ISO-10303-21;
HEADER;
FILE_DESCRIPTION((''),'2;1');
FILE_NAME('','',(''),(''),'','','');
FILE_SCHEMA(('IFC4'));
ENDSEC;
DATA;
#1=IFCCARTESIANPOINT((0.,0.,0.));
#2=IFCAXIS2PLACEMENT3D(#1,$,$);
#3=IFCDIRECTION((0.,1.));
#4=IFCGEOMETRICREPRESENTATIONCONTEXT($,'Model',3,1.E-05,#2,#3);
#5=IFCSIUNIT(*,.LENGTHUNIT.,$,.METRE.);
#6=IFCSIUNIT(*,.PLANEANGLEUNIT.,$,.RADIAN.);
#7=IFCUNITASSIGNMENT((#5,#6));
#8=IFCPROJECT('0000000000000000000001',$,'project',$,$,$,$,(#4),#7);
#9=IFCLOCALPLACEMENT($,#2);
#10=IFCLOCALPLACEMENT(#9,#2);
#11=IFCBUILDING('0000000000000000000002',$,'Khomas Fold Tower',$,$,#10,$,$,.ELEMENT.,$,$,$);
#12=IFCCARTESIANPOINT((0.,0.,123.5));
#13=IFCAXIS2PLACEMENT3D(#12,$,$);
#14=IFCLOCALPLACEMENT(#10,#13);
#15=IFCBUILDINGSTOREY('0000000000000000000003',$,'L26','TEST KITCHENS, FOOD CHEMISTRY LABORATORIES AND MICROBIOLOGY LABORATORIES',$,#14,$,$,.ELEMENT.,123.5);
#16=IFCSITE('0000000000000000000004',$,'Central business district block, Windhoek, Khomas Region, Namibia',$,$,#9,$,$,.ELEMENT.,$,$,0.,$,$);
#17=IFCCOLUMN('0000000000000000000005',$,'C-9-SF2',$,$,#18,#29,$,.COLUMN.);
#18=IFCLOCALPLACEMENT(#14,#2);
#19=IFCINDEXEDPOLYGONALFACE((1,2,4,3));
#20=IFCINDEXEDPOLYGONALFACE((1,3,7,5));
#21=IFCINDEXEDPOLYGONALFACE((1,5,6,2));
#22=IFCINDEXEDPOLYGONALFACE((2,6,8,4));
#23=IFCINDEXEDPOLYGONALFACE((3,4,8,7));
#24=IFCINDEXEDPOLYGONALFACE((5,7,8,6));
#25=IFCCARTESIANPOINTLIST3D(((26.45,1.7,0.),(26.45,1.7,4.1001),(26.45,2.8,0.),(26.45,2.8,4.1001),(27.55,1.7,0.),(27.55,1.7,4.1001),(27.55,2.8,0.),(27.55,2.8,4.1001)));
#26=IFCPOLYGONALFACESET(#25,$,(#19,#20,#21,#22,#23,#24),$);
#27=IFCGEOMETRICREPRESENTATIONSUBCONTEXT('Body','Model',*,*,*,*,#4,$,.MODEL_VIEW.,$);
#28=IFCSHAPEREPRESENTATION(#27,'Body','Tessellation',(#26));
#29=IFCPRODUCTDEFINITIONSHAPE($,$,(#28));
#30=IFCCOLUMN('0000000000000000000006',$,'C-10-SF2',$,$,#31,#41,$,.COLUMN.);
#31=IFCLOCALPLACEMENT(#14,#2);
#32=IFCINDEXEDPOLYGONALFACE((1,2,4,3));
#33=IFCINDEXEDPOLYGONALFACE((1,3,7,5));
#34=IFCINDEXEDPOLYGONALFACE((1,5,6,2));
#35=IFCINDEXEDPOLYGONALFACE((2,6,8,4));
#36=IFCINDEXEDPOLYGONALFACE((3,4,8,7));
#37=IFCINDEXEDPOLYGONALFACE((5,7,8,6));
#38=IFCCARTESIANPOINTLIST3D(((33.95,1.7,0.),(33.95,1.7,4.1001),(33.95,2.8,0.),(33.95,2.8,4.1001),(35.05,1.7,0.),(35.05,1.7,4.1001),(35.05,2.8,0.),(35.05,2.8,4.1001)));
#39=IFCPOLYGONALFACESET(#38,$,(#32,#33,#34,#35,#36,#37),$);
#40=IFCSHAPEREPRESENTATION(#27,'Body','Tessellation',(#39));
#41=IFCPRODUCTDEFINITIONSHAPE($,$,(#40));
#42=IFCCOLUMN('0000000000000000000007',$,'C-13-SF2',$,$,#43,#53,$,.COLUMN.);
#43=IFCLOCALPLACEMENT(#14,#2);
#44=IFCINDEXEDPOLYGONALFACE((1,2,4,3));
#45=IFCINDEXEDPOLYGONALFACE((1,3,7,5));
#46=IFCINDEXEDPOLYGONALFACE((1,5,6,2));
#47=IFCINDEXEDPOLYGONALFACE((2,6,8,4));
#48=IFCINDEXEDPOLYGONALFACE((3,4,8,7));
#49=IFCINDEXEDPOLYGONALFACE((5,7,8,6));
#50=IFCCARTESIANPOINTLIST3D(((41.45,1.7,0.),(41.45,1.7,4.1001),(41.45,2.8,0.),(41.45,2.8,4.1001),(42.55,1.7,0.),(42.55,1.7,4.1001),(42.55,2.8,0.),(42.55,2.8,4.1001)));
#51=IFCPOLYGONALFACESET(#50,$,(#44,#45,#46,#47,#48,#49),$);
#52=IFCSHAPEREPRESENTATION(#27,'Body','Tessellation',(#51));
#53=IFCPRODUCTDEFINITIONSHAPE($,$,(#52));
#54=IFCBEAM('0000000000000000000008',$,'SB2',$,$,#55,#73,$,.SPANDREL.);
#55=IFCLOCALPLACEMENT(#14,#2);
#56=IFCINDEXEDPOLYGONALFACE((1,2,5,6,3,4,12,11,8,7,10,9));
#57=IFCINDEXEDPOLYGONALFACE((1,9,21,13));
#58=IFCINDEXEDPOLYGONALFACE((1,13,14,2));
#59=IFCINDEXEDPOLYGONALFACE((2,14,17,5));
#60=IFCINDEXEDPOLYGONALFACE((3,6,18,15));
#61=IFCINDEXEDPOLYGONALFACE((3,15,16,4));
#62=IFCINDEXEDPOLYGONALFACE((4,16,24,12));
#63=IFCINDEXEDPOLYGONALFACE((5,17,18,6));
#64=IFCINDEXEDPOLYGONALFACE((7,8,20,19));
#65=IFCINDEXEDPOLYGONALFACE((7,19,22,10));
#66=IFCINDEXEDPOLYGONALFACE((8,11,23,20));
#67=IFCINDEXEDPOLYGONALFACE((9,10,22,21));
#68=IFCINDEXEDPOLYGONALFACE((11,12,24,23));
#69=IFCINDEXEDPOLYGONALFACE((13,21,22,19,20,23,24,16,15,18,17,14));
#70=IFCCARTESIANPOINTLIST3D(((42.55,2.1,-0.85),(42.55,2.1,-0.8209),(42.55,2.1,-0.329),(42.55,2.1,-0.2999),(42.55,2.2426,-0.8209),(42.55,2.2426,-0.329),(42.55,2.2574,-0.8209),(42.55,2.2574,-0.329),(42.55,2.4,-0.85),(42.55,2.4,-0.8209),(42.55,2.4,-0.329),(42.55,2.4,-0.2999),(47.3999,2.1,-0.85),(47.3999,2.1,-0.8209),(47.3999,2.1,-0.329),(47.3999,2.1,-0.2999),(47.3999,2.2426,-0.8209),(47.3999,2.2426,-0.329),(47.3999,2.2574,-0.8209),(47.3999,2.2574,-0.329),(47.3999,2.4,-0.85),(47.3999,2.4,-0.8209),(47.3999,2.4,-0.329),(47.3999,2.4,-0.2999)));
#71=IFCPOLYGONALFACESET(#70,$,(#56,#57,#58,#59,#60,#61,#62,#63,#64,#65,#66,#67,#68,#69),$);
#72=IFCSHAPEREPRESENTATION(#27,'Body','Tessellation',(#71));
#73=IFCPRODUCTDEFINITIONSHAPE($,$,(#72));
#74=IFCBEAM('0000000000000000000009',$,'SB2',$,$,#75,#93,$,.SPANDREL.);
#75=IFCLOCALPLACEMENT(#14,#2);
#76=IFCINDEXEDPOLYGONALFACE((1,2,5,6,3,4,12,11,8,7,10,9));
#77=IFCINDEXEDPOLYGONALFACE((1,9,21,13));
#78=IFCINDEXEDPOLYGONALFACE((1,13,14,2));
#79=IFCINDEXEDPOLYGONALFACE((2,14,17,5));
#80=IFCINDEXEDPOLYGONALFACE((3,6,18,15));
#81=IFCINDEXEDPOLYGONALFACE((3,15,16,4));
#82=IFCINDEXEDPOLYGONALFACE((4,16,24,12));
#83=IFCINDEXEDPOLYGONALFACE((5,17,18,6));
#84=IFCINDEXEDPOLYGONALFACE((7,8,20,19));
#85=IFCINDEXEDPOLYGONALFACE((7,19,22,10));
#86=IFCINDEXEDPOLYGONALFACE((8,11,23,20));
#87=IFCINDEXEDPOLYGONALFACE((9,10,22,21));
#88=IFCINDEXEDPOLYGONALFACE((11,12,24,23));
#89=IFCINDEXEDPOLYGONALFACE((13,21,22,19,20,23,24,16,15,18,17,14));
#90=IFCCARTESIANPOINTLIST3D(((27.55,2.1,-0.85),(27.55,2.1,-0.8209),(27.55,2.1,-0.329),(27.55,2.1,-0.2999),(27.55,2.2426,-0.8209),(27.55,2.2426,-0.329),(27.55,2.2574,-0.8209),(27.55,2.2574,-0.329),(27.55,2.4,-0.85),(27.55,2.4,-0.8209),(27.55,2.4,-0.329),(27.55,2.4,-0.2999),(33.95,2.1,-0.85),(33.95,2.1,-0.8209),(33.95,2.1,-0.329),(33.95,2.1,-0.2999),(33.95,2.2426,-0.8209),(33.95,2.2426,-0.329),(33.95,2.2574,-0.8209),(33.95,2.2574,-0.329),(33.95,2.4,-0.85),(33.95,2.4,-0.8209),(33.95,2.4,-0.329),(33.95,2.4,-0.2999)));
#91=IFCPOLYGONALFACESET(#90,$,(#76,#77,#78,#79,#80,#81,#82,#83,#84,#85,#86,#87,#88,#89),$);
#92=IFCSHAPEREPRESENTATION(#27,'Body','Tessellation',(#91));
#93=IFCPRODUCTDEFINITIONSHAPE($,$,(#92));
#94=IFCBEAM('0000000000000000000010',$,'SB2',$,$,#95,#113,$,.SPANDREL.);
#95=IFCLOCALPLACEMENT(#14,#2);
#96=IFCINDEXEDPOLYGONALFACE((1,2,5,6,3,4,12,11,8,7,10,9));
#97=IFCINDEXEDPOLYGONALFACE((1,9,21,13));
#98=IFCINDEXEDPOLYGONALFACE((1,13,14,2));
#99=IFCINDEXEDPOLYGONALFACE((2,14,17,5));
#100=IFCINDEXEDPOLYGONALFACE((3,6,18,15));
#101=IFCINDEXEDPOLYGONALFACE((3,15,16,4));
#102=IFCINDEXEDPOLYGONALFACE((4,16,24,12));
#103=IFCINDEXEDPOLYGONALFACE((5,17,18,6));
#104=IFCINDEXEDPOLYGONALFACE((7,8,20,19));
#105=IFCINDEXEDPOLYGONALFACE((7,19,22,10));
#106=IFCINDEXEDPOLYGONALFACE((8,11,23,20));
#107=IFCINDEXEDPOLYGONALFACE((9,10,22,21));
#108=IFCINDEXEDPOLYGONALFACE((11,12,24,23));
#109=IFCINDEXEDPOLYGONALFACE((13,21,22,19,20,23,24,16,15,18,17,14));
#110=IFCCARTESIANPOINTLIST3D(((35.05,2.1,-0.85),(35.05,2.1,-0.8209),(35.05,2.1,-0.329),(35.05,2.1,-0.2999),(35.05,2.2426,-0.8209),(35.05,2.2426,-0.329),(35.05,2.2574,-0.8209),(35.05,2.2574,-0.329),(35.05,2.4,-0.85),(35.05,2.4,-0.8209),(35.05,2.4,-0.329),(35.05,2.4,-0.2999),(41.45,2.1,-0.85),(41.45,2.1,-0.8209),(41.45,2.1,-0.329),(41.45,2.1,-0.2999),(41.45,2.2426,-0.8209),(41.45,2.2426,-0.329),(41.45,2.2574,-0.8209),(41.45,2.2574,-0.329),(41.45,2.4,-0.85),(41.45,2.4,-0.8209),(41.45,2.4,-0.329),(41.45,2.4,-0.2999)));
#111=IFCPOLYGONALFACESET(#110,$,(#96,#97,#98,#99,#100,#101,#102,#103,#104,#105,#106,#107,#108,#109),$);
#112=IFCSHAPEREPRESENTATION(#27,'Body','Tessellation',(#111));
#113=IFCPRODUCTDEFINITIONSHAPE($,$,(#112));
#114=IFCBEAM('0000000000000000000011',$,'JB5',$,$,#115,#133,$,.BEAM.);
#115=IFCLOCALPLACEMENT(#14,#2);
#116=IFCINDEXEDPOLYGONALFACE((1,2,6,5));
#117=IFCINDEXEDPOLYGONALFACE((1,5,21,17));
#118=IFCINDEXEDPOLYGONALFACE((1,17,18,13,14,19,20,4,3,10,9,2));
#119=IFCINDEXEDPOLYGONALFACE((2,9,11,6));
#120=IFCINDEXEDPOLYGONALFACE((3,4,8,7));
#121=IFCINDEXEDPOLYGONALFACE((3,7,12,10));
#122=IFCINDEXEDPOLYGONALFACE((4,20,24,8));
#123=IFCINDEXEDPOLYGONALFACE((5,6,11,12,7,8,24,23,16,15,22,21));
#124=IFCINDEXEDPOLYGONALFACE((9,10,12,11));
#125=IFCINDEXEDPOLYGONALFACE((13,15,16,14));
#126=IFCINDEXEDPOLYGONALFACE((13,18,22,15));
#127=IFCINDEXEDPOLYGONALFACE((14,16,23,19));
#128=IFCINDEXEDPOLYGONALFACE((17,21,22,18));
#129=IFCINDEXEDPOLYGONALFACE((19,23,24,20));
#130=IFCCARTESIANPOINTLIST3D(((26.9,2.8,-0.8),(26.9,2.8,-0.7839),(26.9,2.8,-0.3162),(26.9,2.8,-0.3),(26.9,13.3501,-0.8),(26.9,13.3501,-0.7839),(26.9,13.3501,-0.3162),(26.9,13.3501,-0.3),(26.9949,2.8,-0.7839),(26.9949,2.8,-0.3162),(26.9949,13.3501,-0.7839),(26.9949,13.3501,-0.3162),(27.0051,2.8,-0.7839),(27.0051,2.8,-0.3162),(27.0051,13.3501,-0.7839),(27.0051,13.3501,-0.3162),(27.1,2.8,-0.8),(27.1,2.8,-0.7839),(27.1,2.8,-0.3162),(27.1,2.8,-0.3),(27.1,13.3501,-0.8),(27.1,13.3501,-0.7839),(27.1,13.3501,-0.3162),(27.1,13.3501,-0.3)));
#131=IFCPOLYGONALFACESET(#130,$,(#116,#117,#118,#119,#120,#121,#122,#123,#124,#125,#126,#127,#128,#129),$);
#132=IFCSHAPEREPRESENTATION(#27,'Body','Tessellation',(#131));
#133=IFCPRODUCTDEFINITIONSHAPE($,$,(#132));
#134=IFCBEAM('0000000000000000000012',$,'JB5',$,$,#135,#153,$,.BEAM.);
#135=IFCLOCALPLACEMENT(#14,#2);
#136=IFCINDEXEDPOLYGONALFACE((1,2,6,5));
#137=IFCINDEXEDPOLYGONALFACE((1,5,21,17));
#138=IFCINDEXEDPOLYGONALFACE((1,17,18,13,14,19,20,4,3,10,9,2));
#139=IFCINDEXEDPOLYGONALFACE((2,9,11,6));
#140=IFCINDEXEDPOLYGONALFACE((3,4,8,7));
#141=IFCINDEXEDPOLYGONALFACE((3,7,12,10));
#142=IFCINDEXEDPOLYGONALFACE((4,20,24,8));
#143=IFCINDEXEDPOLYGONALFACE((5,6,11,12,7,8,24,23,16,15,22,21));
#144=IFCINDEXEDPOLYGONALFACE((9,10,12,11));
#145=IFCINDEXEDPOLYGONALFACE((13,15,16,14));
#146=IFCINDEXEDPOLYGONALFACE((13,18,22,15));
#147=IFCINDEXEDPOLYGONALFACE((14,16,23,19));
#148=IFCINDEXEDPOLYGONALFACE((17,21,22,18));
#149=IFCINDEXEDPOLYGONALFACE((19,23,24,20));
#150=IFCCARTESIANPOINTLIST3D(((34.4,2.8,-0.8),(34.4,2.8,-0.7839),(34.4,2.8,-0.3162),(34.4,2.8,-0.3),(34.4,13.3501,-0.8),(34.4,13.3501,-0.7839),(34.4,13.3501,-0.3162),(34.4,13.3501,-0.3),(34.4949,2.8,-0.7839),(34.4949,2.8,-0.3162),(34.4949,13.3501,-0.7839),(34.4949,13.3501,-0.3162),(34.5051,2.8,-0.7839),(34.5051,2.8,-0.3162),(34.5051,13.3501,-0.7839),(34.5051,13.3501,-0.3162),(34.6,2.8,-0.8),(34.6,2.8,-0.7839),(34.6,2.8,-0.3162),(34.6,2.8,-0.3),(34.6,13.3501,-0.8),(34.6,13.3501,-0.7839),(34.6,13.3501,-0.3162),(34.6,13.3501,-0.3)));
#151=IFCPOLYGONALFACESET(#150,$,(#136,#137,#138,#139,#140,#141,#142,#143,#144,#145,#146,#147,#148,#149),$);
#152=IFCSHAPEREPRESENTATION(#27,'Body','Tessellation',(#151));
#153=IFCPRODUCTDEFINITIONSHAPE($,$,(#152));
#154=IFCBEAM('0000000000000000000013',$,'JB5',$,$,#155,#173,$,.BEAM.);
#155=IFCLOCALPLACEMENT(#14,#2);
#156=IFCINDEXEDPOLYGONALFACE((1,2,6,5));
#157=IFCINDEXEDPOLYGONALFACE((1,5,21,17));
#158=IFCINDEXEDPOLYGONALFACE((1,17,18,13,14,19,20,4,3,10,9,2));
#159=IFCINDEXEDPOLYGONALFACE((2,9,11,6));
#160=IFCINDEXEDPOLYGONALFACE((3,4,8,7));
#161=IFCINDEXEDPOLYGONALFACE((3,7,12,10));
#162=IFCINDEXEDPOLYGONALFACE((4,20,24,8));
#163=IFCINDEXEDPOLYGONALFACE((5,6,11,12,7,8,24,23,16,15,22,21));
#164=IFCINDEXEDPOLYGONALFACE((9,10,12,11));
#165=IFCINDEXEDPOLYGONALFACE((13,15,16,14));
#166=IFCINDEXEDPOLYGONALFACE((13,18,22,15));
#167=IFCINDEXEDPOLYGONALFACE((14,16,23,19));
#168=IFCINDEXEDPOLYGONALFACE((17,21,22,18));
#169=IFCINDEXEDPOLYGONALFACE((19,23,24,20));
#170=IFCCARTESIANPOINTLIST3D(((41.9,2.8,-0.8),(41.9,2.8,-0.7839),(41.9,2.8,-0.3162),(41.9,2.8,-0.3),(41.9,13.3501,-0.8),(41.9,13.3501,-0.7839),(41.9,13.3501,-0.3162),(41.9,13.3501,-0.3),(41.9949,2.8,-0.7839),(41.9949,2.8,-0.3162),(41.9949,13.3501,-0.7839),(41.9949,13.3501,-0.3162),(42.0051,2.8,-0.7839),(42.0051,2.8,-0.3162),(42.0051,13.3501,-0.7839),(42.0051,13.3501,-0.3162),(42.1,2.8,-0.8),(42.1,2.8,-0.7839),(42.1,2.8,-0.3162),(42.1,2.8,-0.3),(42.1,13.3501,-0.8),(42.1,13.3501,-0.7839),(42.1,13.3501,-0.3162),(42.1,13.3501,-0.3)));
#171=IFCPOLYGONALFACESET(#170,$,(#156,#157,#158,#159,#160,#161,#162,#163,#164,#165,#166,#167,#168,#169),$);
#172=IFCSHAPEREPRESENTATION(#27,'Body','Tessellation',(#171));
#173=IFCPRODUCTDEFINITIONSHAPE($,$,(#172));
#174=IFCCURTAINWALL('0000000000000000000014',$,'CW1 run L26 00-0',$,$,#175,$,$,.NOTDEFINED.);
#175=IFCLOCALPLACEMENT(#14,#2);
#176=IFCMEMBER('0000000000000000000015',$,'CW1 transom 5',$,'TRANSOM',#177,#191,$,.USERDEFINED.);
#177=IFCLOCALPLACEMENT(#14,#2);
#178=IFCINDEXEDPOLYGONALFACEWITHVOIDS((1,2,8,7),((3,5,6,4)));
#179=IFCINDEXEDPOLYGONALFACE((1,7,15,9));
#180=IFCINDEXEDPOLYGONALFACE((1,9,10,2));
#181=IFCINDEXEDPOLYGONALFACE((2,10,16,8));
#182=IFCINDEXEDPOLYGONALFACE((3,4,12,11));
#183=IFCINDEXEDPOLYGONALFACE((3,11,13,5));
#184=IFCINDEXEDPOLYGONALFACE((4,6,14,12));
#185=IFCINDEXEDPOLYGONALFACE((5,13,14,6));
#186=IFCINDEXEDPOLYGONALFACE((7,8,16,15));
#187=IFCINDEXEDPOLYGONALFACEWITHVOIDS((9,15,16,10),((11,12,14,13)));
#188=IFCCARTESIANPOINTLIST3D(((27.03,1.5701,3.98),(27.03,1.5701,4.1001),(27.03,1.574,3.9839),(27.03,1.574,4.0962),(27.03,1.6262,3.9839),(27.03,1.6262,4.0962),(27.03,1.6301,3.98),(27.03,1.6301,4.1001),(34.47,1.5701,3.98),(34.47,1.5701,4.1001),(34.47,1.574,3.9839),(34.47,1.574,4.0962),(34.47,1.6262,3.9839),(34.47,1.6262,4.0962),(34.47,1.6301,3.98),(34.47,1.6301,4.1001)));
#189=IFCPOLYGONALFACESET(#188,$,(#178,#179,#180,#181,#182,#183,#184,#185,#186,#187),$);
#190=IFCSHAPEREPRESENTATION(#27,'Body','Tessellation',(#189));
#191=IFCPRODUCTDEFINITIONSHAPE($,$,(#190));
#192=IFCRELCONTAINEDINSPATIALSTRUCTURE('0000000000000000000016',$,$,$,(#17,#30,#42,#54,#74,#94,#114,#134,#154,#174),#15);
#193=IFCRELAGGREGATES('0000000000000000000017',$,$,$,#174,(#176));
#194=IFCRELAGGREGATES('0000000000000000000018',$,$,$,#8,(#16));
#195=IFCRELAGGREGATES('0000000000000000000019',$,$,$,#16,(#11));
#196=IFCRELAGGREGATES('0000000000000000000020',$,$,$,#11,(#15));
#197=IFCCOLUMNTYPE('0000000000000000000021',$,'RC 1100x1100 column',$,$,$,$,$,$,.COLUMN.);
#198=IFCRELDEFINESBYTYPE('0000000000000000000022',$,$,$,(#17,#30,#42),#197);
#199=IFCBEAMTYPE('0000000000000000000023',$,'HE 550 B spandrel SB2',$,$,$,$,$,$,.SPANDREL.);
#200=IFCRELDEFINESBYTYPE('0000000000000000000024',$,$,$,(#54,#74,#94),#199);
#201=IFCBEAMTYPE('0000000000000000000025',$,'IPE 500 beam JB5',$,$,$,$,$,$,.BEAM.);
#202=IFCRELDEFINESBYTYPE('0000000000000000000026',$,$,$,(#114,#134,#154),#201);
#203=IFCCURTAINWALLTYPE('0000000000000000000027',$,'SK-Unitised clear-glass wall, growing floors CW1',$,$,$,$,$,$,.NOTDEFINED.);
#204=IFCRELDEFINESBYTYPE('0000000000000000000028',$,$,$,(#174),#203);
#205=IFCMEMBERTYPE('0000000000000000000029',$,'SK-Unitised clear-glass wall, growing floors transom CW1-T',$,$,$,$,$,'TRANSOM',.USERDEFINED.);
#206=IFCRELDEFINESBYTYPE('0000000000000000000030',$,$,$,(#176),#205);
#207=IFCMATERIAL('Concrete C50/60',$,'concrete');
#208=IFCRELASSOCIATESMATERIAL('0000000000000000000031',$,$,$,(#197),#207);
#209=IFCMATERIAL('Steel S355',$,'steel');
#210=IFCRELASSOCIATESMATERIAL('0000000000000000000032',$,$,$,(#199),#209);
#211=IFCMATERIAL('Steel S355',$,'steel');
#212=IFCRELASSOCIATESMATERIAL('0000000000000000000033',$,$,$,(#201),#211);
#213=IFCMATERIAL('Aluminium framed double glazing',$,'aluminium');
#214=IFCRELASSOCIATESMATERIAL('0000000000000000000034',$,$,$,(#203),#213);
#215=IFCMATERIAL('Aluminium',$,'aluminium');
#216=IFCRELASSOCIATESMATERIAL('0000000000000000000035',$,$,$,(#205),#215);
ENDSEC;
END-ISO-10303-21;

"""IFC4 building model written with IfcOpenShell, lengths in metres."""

from ifc_helpers import new_model, si_unit, direction, frame, origin, origin_2d, place, context, subcontext, project, spatial, rectangle, hollow_rectangle, i_section, extrude, source, transform, mapped, material, material_profile, profile_set, type_object, element, aggregate, save


model = new_model("IFC4")

# Units and contexts
model_context = context("Model", 3, precision=1e-05, world=origin(), true_north=direction((0.0, 1.0)))
body_context = subcontext(model_context, "Body", "Model", "MODEL_VIEW")
ifc_project = project(units=[si_unit("LENGTHUNIT", "METRE"), si_unit("PLANEANGLEUNIT", "RADIAN")], contexts=[model_context])

# Site, building, storey
site_placement = place(None, origin())
site = spatial("IfcSite", under=ifc_project, at=site_placement, Name="Central business district block, Windhoek, Khomas Region, Namibia", CompositionType="ELEMENT", RefElevation=0.0)
building_placement = place(site_placement, origin())
building = spatial("IfcBuilding", under=site, at=building_placement, Name="Khomas Fold Tower", CompositionType="ELEMENT")
storey_placement = place(building_placement, frame((0.0, 0.0, 123.5)))
storey = spatial("IfcBuildingStorey", under=building, at=storey_placement, Name="L26", Description="TEST KITCHENS, FOOD CHEMISTRY LABORATORIES AND MICROBIOLOGY LABORATORIES", CompositionType="ELEMENT", Elevation=123.5)

# Columns
ifc_material_1 = material(Name="Concrete C50/60", Category="concrete")
ifc_material_profile_1 = material_profile(ifc_material_1, rectangle(XDim=1.1001, YDim=1.1001, at=origin_2d()), Name="RC 1100x1100")
ifc_profile_set_1 = profile_set([ifc_material_profile_1], Name="Concrete C50/60")
column_type = type_object("IfcColumnType", Name="RC 1100x1100 column", PredefinedType="COLUMN", material=ifc_profile_set_1)
shared_shape_1 = source(origin(), body_context, "Body", "SweptSolid", [
    extrude(rectangle(XDim=1.1001, YDim=1.1001, at=origin_2d()), origin(), (0.0, 0.0, 1.0), 4.1001),
])
for number, where, z_axis, x_axis, name in (
    (1, (27.0, 2.25, 0.0), (0.0, 0.0, 1.0), (1.0, 0.0, 0.0), "C-9-SF2"),
    (2, (34.5, 2.25, 0.0), (0.0, 0.0, 1.0), (1.0, 0.0, 0.0), "C-10-SF2"),
    (3, (42.0, 2.25, 0.0), (0.0, 0.0, 1.0), (1.0, 0.0, 0.0), "C-13-SF2"),
):
    element("IfcColumn", number, at=place(storey_placement, frame(where, z_axis=z_axis, x_axis=x_axis)), inside=storey, type_object=column_type, Name=name, PredefinedType="COLUMN", context=body_context, shape_type="MappedRepresentation", body=[
        mapped(shared_shape_1, transform((0.0, 0.0, 0.0))),
    ])

# Beams
ifc_material_2 = material(Name="Steel S355", Category="steel")
ifc_material_profile_2 = material_profile(ifc_material_2, i_section(OverallWidth=0.3, OverallDepth=0.55, WebThickness=0.0149, FlangeThickness=0.0291, at=origin_2d()), Name="HE 550 B")
ifc_profile_set_2 = profile_set([ifc_material_profile_2], Name="Steel S355")
beam_type_1 = type_object("IfcBeamType", Name="HE 550 B spandrel SB2", PredefinedType="SPANDREL", material=ifc_profile_set_2)
shared_shape_2 = source(origin(), body_context, "Body", "SweptSolid", [
    extrude(i_section(OverallWidth=0.3, OverallDepth=0.55, WebThickness=0.0149, FlangeThickness=0.0291, at=origin_2d()), origin(), (0.0, 0.0, 1.0), 4.8499),
])
beam_placement = place(storey_placement, frame((42.55, 2.25, -0.575), z_axis=(1.0, 0.0, 0.0), x_axis=(0.0, 1.0, 0.0)))
element("IfcBeam", 4, at=beam_placement, inside=storey, type_object=beam_type_1, Name="SB2", PredefinedType="SPANDREL", context=body_context, shape_type="MappedRepresentation", body=[
    mapped(shared_shape_2, transform((0.0, 0.0, 0.0))),
])
shared_shape_3 = source(origin(), body_context, "Body", "SweptSolid", [
    extrude(i_section(OverallWidth=0.3, OverallDepth=0.55, WebThickness=0.0149, FlangeThickness=0.0291, at=origin_2d()), origin(), (0.0, 0.0, 1.0), 6.3999),
])
for number, where, z_axis, x_axis, name in (
    (5, (27.55, 2.25, -0.575), (1.0, 0.0, 0.0), (0.0, 1.0, 0.0), "SB2"),
    (6, (35.05, 2.25, -0.575), (1.0, 0.0, 0.0), (0.0, 1.0, 0.0), "SB2"),
):
    element("IfcBeam", number, at=place(storey_placement, frame(where, z_axis=z_axis, x_axis=x_axis)), inside=storey, type_object=beam_type_1, Name=name, PredefinedType="SPANDREL", context=body_context, shape_type="MappedRepresentation", body=[
        mapped(shared_shape_3, transform((0.0, 0.0, 0.0))),
    ])
ifc_material_3 = material(Name="Steel S355", Category="steel")
ifc_material_profile_3 = material_profile(ifc_material_3, i_section(OverallWidth=0.2, OverallDepth=0.5, WebThickness=0.0103, FlangeThickness=0.0161, at=origin_2d()), Name="IPE 500")
ifc_profile_set_3 = profile_set([ifc_material_profile_3], Name="Steel S355")
beam_type_2 = type_object("IfcBeamType", Name="IPE 500 beam JB5", PredefinedType="BEAM", material=ifc_profile_set_3)
shared_shape_4 = source(origin(), body_context, "Body", "SweptSolid", [
    extrude(i_section(OverallWidth=0.2, OverallDepth=0.5, WebThickness=0.0103, FlangeThickness=0.0161, at=origin_2d()), origin(), (0.0, 0.0, 1.0), 10.55),
])
for number, where, z_axis, x_axis, name in (
    (7, (27.0, 2.8, -0.55), (0.0, 1.0, 0.0), (-1.0, 0.0, 0.0), "JB5"),
    (8, (34.5, 2.8, -0.55), (0.0, 1.0, 0.0), (-1.0, 0.0, 0.0), "JB5"),
    (9, (42.0, 2.8, -0.55), (0.0, 1.0, 0.0), (-1.0, 0.0, 0.0), "JB5"),
):
    element("IfcBeam", number, at=place(storey_placement, frame(where, z_axis=z_axis, x_axis=x_axis)), inside=storey, type_object=beam_type_2, Name=name, PredefinedType="BEAM", context=body_context, shape_type="MappedRepresentation", body=[
        mapped(shared_shape_4, transform((0.0, 0.0, 0.0))),
    ])

# Curtain wall, member
ifc_material_4 = material(Name="Aluminium framed double glazing", Category="aluminium")
curtain_wall_type = type_object("IfcCurtainWallType", Name="SK-Unitised clear-glass wall, growing floors CW1", PredefinedType="NOTDEFINED", material=ifc_material_4)
curtain_wall_placement = place(storey_placement, origin())
curtain_wall = element("IfcCurtainWall", 10, at=curtain_wall_placement, inside=storey, type_object=curtain_wall_type, Name="CW1 run L26 00-0", PredefinedType="NOTDEFINED")
ifc_material_5 = material(Name="Aluminium", Category="aluminium")
ifc_material_profile_4 = material_profile(ifc_material_5, hollow_rectangle(XDim=0.0601, YDim=0.1201, WallThickness=0.0039, at=origin_2d()), Name="SK-Unitised clear-glass wall, growing floors transom CW1-T")
ifc_profile_set_4 = profile_set([ifc_material_profile_4], Name="Aluminium")
member_type_1 = type_object("IfcMemberType", Name="SK-Unitised clear-glass wall, growing floors transom CW1-T", ElementType="TRANSOM", PredefinedType="USERDEFINED", material=ifc_profile_set_4)
shared_shape_5 = source(origin(), body_context, "Body", "SweptSolid", [
    extrude(hollow_rectangle(XDim=0.0601, YDim=0.1201, WallThickness=0.0039, at=origin_2d()), origin(), (0.0, 0.0, 1.0), 7.4399),
])
member_1_placement = place(storey_placement, frame((27.03, 1.6001, 4.04), z_axis=(1.0, 0.0, 0.0), x_axis=(0.0, 1.0, 0.0)))
member_1 = element("IfcMember", 11, at=member_1_placement, type_object=member_type_1, Name="CW1 transom 5", ObjectType="TRANSOM", PredefinedType="USERDEFINED", context=body_context, shape_type="MappedRepresentation", body=[
    mapped(shared_shape_5, transform((0.0, 0.0, 0.0))),
])
aggregate(curtain_wall, [member_1])

save(model, "model.ifc")
